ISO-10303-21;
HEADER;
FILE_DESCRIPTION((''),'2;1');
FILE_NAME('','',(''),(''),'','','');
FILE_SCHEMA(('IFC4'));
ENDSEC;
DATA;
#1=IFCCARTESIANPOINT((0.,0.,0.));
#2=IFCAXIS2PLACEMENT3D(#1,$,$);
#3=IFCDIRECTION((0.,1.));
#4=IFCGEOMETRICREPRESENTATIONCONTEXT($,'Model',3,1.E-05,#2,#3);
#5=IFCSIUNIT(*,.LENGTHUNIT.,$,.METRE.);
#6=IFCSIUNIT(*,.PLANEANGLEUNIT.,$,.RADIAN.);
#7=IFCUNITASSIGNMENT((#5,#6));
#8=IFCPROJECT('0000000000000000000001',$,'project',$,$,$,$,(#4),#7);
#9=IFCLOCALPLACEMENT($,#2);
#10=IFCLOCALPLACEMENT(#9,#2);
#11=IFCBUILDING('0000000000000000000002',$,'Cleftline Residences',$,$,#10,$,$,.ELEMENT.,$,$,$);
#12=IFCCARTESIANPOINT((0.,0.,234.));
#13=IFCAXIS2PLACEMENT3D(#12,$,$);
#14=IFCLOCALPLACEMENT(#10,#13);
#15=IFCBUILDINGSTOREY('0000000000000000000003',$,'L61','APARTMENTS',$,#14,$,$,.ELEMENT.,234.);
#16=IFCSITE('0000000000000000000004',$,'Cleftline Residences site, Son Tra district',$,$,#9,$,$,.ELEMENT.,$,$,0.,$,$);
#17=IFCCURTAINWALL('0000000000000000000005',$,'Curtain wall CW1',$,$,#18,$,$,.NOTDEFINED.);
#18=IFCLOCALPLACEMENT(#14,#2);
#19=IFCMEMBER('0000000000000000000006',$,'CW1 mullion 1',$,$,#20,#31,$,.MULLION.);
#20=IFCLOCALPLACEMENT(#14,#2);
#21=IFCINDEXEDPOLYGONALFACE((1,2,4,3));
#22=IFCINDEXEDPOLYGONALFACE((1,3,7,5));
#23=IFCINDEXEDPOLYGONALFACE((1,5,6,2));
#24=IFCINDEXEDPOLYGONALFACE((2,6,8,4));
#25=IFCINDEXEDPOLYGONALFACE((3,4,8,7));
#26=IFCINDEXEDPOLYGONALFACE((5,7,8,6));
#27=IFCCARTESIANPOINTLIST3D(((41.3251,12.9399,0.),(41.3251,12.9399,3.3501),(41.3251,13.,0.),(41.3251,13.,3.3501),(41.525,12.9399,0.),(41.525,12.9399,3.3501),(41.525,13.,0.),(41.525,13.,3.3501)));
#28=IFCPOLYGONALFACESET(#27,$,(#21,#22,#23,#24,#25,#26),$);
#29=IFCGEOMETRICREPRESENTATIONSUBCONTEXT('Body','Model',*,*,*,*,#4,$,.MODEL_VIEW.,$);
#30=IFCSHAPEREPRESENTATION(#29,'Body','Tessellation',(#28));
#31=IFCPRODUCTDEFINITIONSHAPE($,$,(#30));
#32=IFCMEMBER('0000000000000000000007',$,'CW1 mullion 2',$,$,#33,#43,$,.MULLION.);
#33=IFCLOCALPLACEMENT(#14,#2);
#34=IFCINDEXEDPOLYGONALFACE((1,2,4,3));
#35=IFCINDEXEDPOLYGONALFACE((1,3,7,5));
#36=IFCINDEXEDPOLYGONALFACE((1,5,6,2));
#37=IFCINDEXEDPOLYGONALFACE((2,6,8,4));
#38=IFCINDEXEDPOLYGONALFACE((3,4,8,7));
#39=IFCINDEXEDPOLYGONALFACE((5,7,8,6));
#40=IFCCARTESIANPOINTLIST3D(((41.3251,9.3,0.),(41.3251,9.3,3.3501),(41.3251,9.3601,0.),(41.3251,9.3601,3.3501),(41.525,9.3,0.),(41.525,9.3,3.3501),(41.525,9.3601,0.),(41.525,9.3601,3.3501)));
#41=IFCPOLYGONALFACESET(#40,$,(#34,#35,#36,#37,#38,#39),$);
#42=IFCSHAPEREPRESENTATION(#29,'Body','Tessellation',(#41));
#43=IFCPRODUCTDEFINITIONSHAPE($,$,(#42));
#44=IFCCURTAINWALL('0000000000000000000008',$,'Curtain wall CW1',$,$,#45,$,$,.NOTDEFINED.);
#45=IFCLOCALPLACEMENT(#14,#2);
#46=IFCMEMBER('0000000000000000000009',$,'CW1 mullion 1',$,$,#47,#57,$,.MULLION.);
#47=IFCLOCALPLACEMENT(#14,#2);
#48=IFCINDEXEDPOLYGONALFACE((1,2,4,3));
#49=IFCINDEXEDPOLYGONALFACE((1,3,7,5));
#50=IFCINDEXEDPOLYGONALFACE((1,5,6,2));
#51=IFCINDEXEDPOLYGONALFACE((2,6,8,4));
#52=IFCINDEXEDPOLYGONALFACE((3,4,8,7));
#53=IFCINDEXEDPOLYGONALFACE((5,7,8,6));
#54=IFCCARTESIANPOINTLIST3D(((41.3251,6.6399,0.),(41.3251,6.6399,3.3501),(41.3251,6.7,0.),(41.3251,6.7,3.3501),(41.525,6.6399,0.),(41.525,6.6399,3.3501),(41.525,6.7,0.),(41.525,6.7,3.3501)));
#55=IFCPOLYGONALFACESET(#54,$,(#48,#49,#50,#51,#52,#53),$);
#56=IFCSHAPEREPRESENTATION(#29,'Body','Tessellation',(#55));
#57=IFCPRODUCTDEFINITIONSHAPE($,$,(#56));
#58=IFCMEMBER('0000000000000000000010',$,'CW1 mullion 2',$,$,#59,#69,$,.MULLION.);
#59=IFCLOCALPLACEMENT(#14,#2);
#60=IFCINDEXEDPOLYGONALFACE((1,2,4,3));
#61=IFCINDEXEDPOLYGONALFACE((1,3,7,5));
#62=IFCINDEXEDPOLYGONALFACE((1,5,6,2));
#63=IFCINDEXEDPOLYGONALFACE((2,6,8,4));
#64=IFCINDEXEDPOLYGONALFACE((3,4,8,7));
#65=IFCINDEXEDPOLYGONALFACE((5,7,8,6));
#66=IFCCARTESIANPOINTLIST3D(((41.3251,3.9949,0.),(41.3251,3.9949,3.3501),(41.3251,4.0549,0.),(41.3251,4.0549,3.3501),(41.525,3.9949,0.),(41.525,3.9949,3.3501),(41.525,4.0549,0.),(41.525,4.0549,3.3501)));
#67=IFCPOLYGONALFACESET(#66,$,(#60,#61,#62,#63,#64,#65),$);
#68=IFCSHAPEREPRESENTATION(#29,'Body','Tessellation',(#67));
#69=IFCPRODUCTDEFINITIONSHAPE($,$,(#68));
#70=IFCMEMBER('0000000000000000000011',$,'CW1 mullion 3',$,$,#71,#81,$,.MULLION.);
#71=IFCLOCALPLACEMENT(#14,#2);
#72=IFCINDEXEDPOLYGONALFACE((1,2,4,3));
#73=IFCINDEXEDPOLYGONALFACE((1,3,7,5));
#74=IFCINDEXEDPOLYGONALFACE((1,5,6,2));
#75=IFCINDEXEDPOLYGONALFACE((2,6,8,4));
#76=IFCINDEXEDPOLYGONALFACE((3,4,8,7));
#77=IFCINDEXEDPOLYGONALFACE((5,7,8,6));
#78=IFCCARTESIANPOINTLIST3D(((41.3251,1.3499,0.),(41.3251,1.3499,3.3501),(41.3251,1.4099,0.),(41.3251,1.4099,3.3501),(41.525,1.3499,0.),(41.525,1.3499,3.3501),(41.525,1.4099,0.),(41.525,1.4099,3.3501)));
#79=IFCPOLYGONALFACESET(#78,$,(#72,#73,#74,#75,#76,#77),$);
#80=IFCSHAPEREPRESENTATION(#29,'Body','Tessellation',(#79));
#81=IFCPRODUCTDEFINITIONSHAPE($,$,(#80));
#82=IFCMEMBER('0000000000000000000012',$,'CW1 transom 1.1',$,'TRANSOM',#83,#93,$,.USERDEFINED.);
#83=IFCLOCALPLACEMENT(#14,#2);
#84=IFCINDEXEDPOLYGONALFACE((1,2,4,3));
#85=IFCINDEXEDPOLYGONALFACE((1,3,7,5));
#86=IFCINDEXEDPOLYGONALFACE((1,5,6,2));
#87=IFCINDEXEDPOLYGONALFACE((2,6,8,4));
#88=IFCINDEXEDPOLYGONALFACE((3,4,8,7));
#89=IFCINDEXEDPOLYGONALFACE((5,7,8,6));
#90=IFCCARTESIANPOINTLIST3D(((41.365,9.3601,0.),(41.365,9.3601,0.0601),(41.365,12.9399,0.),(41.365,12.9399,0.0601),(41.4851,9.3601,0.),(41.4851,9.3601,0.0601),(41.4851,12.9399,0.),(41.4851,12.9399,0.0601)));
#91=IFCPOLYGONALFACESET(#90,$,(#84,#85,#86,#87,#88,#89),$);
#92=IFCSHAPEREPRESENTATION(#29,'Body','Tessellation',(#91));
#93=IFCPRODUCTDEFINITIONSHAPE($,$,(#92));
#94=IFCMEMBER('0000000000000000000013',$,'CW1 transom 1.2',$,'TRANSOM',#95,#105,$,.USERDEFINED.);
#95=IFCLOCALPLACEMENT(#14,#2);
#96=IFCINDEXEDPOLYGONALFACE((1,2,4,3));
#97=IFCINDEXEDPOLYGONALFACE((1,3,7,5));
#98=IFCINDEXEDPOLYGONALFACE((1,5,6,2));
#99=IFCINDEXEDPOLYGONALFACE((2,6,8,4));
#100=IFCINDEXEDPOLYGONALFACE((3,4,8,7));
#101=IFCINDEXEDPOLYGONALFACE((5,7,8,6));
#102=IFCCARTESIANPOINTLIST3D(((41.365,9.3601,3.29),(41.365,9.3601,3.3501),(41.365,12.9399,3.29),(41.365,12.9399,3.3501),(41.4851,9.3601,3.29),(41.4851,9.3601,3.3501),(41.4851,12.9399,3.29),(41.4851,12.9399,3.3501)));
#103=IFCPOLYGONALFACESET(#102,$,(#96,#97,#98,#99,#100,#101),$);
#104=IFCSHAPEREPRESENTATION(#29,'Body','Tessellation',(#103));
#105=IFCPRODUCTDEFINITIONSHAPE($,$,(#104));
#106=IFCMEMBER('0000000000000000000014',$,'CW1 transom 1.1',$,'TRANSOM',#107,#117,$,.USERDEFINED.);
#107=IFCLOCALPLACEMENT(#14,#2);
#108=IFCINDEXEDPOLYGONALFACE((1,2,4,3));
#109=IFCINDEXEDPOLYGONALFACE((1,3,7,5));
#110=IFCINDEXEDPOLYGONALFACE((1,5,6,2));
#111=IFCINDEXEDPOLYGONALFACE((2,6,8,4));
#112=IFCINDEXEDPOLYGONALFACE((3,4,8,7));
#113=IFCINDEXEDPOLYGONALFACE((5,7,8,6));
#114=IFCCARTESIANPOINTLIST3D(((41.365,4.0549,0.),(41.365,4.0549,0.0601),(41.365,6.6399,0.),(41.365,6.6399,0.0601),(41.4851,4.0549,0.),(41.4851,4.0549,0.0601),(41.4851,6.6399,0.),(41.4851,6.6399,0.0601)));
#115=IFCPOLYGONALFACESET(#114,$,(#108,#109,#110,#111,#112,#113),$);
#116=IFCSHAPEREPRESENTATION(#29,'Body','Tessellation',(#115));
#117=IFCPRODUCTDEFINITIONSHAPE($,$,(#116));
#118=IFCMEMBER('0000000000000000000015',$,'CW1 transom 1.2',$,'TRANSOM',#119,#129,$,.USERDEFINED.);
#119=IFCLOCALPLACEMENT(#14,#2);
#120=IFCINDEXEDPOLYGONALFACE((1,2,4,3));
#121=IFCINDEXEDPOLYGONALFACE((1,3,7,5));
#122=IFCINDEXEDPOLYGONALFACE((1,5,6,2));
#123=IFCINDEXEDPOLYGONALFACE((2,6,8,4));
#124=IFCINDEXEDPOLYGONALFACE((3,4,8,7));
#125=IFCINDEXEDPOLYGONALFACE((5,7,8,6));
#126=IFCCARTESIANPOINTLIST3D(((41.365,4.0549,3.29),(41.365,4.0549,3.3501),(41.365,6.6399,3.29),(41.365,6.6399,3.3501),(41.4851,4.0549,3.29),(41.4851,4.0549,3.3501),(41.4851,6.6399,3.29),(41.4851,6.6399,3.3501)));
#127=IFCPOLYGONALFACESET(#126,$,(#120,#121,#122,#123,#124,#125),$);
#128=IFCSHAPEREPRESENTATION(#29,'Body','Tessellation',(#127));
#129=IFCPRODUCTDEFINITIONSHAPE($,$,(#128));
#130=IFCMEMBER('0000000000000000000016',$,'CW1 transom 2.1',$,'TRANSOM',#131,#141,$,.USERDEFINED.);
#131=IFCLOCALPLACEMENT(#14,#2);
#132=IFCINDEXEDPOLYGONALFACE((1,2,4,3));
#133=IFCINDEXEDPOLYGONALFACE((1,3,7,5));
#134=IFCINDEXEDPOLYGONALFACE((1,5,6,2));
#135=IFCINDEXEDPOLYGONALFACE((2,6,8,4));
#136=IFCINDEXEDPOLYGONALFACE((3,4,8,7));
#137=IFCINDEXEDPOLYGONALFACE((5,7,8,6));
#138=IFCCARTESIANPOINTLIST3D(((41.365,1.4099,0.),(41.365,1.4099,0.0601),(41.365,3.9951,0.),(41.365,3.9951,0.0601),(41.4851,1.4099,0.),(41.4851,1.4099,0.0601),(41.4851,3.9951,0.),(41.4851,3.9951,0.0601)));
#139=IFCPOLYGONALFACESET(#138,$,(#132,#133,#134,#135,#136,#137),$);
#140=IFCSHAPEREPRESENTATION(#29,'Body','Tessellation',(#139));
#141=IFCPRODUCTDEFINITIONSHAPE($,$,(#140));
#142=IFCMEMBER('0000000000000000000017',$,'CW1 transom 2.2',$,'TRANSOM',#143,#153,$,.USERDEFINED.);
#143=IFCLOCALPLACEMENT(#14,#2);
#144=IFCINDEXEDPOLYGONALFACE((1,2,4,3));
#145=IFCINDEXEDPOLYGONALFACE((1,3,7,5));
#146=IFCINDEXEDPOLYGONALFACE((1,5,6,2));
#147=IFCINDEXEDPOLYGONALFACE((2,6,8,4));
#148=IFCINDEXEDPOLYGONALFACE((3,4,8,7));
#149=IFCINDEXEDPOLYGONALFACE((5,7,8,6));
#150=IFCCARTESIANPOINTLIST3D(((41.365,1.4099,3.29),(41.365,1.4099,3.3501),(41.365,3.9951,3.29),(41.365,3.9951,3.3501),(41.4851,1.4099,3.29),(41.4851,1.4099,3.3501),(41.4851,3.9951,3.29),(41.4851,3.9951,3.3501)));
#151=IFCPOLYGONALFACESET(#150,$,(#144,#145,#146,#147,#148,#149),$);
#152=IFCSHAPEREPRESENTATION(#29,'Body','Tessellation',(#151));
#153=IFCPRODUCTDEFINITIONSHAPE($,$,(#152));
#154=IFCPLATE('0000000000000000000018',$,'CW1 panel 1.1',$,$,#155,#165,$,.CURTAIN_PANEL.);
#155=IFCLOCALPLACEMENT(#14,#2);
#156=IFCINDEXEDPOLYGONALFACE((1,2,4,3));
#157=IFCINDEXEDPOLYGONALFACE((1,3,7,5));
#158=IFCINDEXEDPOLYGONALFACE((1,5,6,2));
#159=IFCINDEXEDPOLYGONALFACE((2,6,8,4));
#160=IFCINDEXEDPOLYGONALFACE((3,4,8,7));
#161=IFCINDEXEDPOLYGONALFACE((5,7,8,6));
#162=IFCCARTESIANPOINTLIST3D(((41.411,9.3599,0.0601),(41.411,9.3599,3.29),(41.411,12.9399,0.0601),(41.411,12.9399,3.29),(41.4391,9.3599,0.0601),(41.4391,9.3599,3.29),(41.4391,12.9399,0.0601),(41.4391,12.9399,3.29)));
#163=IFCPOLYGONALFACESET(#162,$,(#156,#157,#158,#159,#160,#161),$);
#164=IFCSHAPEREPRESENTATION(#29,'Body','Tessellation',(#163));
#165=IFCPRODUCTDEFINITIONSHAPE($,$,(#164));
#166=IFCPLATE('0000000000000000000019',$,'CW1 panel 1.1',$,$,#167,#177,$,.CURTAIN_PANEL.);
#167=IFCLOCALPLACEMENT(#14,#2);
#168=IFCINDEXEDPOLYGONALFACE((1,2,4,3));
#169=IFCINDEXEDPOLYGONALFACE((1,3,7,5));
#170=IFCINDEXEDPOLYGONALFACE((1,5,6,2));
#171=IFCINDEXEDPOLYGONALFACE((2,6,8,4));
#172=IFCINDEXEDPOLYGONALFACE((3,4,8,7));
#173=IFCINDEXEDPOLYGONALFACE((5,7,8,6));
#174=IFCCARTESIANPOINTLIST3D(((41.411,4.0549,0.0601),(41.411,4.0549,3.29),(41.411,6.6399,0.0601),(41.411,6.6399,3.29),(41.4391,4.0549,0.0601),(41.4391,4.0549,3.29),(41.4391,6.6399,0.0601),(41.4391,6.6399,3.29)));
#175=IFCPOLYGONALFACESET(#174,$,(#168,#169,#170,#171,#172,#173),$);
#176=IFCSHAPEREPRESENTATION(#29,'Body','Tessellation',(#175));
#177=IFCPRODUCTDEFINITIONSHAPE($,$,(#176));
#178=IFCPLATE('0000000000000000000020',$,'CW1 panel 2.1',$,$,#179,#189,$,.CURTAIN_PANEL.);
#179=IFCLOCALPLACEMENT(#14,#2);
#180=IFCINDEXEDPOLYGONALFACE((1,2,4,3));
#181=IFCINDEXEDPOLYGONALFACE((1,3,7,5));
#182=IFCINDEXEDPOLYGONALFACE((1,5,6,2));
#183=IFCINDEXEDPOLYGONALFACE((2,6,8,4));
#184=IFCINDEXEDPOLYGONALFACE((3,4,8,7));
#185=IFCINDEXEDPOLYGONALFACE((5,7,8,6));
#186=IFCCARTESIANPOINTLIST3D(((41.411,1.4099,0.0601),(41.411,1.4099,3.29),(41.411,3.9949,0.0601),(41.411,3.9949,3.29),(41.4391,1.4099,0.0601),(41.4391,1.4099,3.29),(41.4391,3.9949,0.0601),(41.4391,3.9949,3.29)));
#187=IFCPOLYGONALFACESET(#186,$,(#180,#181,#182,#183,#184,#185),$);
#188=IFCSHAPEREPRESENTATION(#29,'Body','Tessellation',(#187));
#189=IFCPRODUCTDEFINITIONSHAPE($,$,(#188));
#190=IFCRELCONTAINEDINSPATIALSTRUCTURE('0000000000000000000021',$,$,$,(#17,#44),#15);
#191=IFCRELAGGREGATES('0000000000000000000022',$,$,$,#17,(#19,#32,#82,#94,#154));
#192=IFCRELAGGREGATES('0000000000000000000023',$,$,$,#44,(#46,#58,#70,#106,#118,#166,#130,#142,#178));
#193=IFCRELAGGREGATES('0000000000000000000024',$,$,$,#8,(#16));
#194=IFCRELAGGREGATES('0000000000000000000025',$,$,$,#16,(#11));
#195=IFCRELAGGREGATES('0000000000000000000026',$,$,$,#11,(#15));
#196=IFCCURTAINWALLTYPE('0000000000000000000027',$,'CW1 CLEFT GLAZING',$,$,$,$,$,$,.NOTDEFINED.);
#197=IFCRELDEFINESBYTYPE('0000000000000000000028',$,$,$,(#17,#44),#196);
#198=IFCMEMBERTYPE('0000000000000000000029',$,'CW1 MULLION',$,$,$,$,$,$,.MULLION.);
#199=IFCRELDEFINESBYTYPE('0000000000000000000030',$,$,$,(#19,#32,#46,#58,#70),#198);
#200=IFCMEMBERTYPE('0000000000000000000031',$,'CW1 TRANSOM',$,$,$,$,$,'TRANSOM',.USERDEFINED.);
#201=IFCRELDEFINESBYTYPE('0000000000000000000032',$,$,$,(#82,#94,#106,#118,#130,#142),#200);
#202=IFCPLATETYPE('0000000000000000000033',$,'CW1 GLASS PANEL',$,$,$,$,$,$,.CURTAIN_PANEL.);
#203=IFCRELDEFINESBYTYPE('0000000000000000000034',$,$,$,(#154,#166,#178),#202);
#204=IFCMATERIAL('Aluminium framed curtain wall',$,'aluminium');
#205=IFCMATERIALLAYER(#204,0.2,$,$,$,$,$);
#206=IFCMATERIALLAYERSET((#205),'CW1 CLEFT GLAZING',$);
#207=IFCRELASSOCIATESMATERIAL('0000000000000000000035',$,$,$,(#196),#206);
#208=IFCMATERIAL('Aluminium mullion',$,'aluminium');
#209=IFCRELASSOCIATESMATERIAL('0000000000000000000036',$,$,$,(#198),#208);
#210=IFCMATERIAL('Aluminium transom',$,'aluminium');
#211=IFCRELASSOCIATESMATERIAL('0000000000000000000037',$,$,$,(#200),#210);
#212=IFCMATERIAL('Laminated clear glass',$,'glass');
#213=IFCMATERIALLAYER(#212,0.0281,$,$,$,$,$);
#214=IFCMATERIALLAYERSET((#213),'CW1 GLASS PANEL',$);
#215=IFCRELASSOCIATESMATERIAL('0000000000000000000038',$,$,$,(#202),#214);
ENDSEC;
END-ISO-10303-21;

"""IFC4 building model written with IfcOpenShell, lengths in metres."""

from ifc_helpers import new_model, si_unit, direction, frame, origin, origin_2d, place, context, subcontext, project, spatial, rectangle, extrude, material, layer, layer_set, material_profile, profile_set, type_object, element, aggregate, save


model = new_model("IFC4")

# Units and contexts
model_context = context("Model", 3, precision=1e-05, world=origin(), true_north=direction((0.0, 1.0)))
body_context = subcontext(model_context, "Body", "Model", "MODEL_VIEW")
ifc_project = project(units=[si_unit("LENGTHUNIT", "METRE"), si_unit("PLANEANGLEUNIT", "RADIAN")], contexts=[model_context])

# Site, building, storey
site_placement = place(None, origin())
site = spatial("IfcSite", under=ifc_project, at=site_placement, Name="Cleftline Residences site, Son Tra district", CompositionType="ELEMENT", RefElevation=0.0)
building_placement = place(site_placement, origin())
building = spatial("IfcBuilding", under=site, at=building_placement, Name="Cleftline Residences", CompositionType="ELEMENT")
storey_placement = place(building_placement, frame((0.0, 0.0, 234.0)))
storey = spatial("IfcBuildingStorey", under=building, at=storey_placement, Name="L61", Description="APARTMENTS", CompositionType="ELEMENT", Elevation=234.0)

# Curtain walls, members
ifc_material_1 = material(Name="Aluminium framed curtain wall", Category="aluminium")
ifc_layer_1 = layer(ifc_material_1, 0.2)
ifc_layer_set_1 = layer_set([ifc_layer_1], Name="CW1 CLEFT GLAZING")
curtain_wall_type = type_object("IfcCurtainWallType", Name="CW1 CLEFT GLAZING", PredefinedType="NOTDEFINED", material=ifc_layer_set_1)
curtain_wall_1_placement = place(storey_placement, origin())
curtain_wall_1 = element("IfcCurtainWall", 1, at=curtain_wall_1_placement, inside=storey, type_object=curtain_wall_type, Name="Curtain wall CW1", PredefinedType="NOTDEFINED")
ifc_material_2 = material(Name="Aluminium mullion", Category="aluminium")
ifc_material_profile_1 = material_profile(ifc_material_2, rectangle(XDim=0.2, YDim=0.0601, at=origin_2d()))
ifc_profile_set_1 = profile_set([ifc_material_profile_1], Name="Aluminium mullion")
member_type_1 = type_object("IfcMemberType", Name="CW1 MULLION", PredefinedType="MULLION", material=ifc_profile_set_1)
member_1_placement = place(storey_placement, frame((41.425, 12.97, 0.0), z_axis=(0.0, 0.0, 1.0), x_axis=(1.0, 0.0, 0.0)))
member_1 = element("IfcMember", 2, at=member_1_placement, type_object=member_type_1, Name="CW1 mullion 1", PredefinedType="MULLION", context=body_context, shape_type="SweptSolid", body=[
    extrude(rectangle(XDim=0.2, YDim=0.0601, at=origin_2d()), origin(), (0.0, 0.0, 1.0), 3.3501),
])
member_2_placement = place(storey_placement, frame((41.425, 9.3301, 0.0), z_axis=(0.0, 0.0, 1.0), x_axis=(1.0, 0.0, 0.0)))
member_2 = element("IfcMember", 3, at=member_2_placement, type_object=member_type_1, Name="CW1 mullion 2", PredefinedType="MULLION", context=body_context, shape_type="SweptSolid", body=[
    extrude(rectangle(XDim=0.2, YDim=0.0601, at=origin_2d()), origin(), (0.0, 0.0, 1.0), 3.3501),
])
curtain_wall_2_placement = place(storey_placement, origin())
curtain_wall_2 = element("IfcCurtainWall", 4, at=curtain_wall_2_placement, inside=storey, type_object=curtain_wall_type, Name="Curtain wall CW1", PredefinedType="NOTDEFINED")
member_3_placement = place(storey_placement, frame((41.425, 6.6699, 0.0), z_axis=(0.0, 0.0, 1.0), x_axis=(1.0, 0.0, 0.0)))
member_3 = element("IfcMember", 5, at=member_3_placement, type_object=member_type_1, Name="CW1 mullion 1", PredefinedType="MULLION", context=body_context, shape_type="SweptSolid", body=[
    extrude(rectangle(XDim=0.2, YDim=0.0601, at=origin_2d()), origin(), (0.0, 0.0, 1.0), 3.3501),
])
member_4_placement = place(storey_placement, frame((41.425, 4.0249, 0.0), z_axis=(0.0, 0.0, 1.0), x_axis=(1.0, 0.0, 0.0)))
member_4 = element("IfcMember", 6, at=member_4_placement, type_object=member_type_1, Name="CW1 mullion 2", PredefinedType="MULLION", context=body_context, shape_type="SweptSolid", body=[
    extrude(rectangle(XDim=0.2, YDim=0.0601, at=origin_2d()), origin(), (0.0, 0.0, 1.0), 3.3501),
])
member_5_placement = place(storey_placement, frame((41.425, 1.3799, 0.0), z_axis=(0.0, 0.0, 1.0), x_axis=(1.0, 0.0, 0.0)))
member_5 = element("IfcMember", 7, at=member_5_placement, type_object=member_type_1, Name="CW1 mullion 3", PredefinedType="MULLION", context=body_context, shape_type="SweptSolid", body=[
    extrude(rectangle(XDim=0.2, YDim=0.0601, at=origin_2d()), origin(), (0.0, 0.0, 1.0), 3.3501),
])

# Members
ifc_material_3 = material(Name="Aluminium transom", Category="aluminium")
ifc_material_profile_2 = material_profile(ifc_material_3, rectangle(XDim=0.1201, YDim=0.0601, at=origin_2d()))
ifc_profile_set_2 = profile_set([ifc_material_profile_2], Name="Aluminium transom")
member_type_2 = type_object("IfcMemberType", Name="CW1 TRANSOM", ElementType="TRANSOM", PredefinedType="USERDEFINED", material=ifc_profile_set_2)
member_6_placement = place(storey_placement, frame((41.425, 12.9399, 0.03), z_axis=(0.0, -1.0, 0.0), x_axis=(1.0, 0.0, 0.0)))
member_6 = element("IfcMember", 8, at=member_6_placement, type_object=member_type_2, Name="CW1 transom 1.1", ObjectType="TRANSOM", PredefinedType="USERDEFINED", context=body_context, shape_type="SweptSolid", body=[
    extrude(rectangle(XDim=0.1201, YDim=0.0601, at=origin_2d()), origin(), (0.0, 0.0, 1.0), 3.5798),
])
member_7_placement = place(storey_placement, frame((41.425, 12.9399, 3.3201), z_axis=(0.0, -1.0, 0.0), x_axis=(1.0, 0.0, 0.0)))
member_7 = element("IfcMember", 9, at=member_7_placement, type_object=member_type_2, Name="CW1 transom 1.2", ObjectType="TRANSOM", PredefinedType="USERDEFINED", context=body_context, shape_type="SweptSolid", body=[
    extrude(rectangle(XDim=0.1201, YDim=0.0601, at=origin_2d()), origin(), (0.0, 0.0, 1.0), 3.5798),
])
member_8_placement = place(storey_placement, frame((41.425, 6.6399, 0.03), z_axis=(0.0, -1.0, 0.0), x_axis=(1.0, 0.0, 0.0)))
member_8 = element("IfcMember", 10, at=member_8_placement, type_object=member_type_2, Name="CW1 transom 1.1", ObjectType="TRANSOM", PredefinedType="USERDEFINED", context=body_context, shape_type="SweptSolid", body=[
    extrude(rectangle(XDim=0.1201, YDim=0.0601, at=origin_2d()), origin(), (0.0, 0.0, 1.0), 2.585),
])
member_9_placement = place(storey_placement, frame((41.425, 6.6399, 3.3201), z_axis=(0.0, -1.0, 0.0), x_axis=(1.0, 0.0, 0.0)))
member_9 = element("IfcMember", 11, at=member_9_placement, type_object=member_type_2, Name="CW1 transom 1.2", ObjectType="TRANSOM", PredefinedType="USERDEFINED", context=body_context, shape_type="SweptSolid", body=[
    extrude(rectangle(XDim=0.1201, YDim=0.0601, at=origin_2d()), origin(), (0.0, 0.0, 1.0), 2.585),
])
member_10_placement = place(storey_placement, frame((41.425, 3.9951, 0.03), z_axis=(0.0, -1.0, 0.0), x_axis=(1.0, 0.0, 0.0)))
member_10 = element("IfcMember", 12, at=member_10_placement, type_object=member_type_2, Name="CW1 transom 2.1", ObjectType="TRANSOM", PredefinedType="USERDEFINED", context=body_context, shape_type="SweptSolid", body=[
    extrude(rectangle(XDim=0.1201, YDim=0.0601, at=origin_2d()), origin(), (0.0, 0.0, 1.0), 2.5852),
])
member_11_placement = place(storey_placement, frame((41.425, 3.9951, 3.3201), z_axis=(0.0, -1.0, 0.0), x_axis=(1.0, 0.0, 0.0)))
member_11 = element("IfcMember", 13, at=member_11_placement, type_object=member_type_2, Name="CW1 transom 2.2", ObjectType="TRANSOM", PredefinedType="USERDEFINED", context=body_context, shape_type="SweptSolid", body=[
    extrude(rectangle(XDim=0.1201, YDim=0.0601, at=origin_2d()), origin(), (0.0, 0.0, 1.0), 2.5852),
])

# Plates
ifc_material_4 = material(Name="Laminated clear glass", Category="glass")
ifc_layer_2 = layer(ifc_material_4, 0.0281)
ifc_layer_set_2 = layer_set([ifc_layer_2], Name="CW1 GLASS PANEL")
plate_type = type_object("IfcPlateType", Name="CW1 GLASS PANEL", PredefinedType="CURTAIN_PANEL", material=ifc_layer_set_2)
plate_1_placement = place(storey_placement, frame((41.425, 11.1499, 0.0601), z_axis=(0.0, 0.0, 1.0), x_axis=(0.0, -1.0, 0.0)))
plate_1 = element("IfcPlate", 14, at=plate_1_placement, type_object=plate_type, Name="CW1 panel 1.1", PredefinedType="CURTAIN_PANEL", context=body_context, shape_type="SweptSolid", body=[
    extrude(rectangle(XDim=3.5801, YDim=0.0281, at=origin_2d()), origin(), (0.0, 0.0, 1.0), 3.23),
])
aggregate(curtain_wall_1, [member_1, member_2, member_6, member_7, plate_1])
plate_2_placement = place(storey_placement, frame((41.425, 5.3474, 0.0601), z_axis=(0.0, 0.0, 1.0), x_axis=(0.0, -1.0, 0.0)))
plate_2 = element("IfcPlate", 15, at=plate_2_placement, type_object=plate_type, Name="CW1 panel 1.1", PredefinedType="CURTAIN_PANEL", context=body_context, shape_type="SweptSolid", body=[
    extrude(rectangle(XDim=2.585, YDim=0.0281, at=origin_2d()), origin(), (0.0, 0.0, 1.0), 3.23),
])
plate_3_placement = place(storey_placement, frame((41.425, 2.7024, 0.0601), z_axis=(0.0, 0.0, 1.0), x_axis=(0.0, -1.0, 0.0)))
plate_3 = element("IfcPlate", 16, at=plate_3_placement, type_object=plate_type, Name="CW1 panel 2.1", PredefinedType="CURTAIN_PANEL", context=body_context, shape_type="SweptSolid", body=[
    extrude(rectangle(XDim=2.585, YDim=0.0281, at=origin_2d()), origin(), (0.0, 0.0, 1.0), 3.23),
])
aggregate(curtain_wall_2, [member_3, member_4, member_5, member_8, member_9, plate_2, member_10, member_11, plate_3])

save(model, "model.ifc")
